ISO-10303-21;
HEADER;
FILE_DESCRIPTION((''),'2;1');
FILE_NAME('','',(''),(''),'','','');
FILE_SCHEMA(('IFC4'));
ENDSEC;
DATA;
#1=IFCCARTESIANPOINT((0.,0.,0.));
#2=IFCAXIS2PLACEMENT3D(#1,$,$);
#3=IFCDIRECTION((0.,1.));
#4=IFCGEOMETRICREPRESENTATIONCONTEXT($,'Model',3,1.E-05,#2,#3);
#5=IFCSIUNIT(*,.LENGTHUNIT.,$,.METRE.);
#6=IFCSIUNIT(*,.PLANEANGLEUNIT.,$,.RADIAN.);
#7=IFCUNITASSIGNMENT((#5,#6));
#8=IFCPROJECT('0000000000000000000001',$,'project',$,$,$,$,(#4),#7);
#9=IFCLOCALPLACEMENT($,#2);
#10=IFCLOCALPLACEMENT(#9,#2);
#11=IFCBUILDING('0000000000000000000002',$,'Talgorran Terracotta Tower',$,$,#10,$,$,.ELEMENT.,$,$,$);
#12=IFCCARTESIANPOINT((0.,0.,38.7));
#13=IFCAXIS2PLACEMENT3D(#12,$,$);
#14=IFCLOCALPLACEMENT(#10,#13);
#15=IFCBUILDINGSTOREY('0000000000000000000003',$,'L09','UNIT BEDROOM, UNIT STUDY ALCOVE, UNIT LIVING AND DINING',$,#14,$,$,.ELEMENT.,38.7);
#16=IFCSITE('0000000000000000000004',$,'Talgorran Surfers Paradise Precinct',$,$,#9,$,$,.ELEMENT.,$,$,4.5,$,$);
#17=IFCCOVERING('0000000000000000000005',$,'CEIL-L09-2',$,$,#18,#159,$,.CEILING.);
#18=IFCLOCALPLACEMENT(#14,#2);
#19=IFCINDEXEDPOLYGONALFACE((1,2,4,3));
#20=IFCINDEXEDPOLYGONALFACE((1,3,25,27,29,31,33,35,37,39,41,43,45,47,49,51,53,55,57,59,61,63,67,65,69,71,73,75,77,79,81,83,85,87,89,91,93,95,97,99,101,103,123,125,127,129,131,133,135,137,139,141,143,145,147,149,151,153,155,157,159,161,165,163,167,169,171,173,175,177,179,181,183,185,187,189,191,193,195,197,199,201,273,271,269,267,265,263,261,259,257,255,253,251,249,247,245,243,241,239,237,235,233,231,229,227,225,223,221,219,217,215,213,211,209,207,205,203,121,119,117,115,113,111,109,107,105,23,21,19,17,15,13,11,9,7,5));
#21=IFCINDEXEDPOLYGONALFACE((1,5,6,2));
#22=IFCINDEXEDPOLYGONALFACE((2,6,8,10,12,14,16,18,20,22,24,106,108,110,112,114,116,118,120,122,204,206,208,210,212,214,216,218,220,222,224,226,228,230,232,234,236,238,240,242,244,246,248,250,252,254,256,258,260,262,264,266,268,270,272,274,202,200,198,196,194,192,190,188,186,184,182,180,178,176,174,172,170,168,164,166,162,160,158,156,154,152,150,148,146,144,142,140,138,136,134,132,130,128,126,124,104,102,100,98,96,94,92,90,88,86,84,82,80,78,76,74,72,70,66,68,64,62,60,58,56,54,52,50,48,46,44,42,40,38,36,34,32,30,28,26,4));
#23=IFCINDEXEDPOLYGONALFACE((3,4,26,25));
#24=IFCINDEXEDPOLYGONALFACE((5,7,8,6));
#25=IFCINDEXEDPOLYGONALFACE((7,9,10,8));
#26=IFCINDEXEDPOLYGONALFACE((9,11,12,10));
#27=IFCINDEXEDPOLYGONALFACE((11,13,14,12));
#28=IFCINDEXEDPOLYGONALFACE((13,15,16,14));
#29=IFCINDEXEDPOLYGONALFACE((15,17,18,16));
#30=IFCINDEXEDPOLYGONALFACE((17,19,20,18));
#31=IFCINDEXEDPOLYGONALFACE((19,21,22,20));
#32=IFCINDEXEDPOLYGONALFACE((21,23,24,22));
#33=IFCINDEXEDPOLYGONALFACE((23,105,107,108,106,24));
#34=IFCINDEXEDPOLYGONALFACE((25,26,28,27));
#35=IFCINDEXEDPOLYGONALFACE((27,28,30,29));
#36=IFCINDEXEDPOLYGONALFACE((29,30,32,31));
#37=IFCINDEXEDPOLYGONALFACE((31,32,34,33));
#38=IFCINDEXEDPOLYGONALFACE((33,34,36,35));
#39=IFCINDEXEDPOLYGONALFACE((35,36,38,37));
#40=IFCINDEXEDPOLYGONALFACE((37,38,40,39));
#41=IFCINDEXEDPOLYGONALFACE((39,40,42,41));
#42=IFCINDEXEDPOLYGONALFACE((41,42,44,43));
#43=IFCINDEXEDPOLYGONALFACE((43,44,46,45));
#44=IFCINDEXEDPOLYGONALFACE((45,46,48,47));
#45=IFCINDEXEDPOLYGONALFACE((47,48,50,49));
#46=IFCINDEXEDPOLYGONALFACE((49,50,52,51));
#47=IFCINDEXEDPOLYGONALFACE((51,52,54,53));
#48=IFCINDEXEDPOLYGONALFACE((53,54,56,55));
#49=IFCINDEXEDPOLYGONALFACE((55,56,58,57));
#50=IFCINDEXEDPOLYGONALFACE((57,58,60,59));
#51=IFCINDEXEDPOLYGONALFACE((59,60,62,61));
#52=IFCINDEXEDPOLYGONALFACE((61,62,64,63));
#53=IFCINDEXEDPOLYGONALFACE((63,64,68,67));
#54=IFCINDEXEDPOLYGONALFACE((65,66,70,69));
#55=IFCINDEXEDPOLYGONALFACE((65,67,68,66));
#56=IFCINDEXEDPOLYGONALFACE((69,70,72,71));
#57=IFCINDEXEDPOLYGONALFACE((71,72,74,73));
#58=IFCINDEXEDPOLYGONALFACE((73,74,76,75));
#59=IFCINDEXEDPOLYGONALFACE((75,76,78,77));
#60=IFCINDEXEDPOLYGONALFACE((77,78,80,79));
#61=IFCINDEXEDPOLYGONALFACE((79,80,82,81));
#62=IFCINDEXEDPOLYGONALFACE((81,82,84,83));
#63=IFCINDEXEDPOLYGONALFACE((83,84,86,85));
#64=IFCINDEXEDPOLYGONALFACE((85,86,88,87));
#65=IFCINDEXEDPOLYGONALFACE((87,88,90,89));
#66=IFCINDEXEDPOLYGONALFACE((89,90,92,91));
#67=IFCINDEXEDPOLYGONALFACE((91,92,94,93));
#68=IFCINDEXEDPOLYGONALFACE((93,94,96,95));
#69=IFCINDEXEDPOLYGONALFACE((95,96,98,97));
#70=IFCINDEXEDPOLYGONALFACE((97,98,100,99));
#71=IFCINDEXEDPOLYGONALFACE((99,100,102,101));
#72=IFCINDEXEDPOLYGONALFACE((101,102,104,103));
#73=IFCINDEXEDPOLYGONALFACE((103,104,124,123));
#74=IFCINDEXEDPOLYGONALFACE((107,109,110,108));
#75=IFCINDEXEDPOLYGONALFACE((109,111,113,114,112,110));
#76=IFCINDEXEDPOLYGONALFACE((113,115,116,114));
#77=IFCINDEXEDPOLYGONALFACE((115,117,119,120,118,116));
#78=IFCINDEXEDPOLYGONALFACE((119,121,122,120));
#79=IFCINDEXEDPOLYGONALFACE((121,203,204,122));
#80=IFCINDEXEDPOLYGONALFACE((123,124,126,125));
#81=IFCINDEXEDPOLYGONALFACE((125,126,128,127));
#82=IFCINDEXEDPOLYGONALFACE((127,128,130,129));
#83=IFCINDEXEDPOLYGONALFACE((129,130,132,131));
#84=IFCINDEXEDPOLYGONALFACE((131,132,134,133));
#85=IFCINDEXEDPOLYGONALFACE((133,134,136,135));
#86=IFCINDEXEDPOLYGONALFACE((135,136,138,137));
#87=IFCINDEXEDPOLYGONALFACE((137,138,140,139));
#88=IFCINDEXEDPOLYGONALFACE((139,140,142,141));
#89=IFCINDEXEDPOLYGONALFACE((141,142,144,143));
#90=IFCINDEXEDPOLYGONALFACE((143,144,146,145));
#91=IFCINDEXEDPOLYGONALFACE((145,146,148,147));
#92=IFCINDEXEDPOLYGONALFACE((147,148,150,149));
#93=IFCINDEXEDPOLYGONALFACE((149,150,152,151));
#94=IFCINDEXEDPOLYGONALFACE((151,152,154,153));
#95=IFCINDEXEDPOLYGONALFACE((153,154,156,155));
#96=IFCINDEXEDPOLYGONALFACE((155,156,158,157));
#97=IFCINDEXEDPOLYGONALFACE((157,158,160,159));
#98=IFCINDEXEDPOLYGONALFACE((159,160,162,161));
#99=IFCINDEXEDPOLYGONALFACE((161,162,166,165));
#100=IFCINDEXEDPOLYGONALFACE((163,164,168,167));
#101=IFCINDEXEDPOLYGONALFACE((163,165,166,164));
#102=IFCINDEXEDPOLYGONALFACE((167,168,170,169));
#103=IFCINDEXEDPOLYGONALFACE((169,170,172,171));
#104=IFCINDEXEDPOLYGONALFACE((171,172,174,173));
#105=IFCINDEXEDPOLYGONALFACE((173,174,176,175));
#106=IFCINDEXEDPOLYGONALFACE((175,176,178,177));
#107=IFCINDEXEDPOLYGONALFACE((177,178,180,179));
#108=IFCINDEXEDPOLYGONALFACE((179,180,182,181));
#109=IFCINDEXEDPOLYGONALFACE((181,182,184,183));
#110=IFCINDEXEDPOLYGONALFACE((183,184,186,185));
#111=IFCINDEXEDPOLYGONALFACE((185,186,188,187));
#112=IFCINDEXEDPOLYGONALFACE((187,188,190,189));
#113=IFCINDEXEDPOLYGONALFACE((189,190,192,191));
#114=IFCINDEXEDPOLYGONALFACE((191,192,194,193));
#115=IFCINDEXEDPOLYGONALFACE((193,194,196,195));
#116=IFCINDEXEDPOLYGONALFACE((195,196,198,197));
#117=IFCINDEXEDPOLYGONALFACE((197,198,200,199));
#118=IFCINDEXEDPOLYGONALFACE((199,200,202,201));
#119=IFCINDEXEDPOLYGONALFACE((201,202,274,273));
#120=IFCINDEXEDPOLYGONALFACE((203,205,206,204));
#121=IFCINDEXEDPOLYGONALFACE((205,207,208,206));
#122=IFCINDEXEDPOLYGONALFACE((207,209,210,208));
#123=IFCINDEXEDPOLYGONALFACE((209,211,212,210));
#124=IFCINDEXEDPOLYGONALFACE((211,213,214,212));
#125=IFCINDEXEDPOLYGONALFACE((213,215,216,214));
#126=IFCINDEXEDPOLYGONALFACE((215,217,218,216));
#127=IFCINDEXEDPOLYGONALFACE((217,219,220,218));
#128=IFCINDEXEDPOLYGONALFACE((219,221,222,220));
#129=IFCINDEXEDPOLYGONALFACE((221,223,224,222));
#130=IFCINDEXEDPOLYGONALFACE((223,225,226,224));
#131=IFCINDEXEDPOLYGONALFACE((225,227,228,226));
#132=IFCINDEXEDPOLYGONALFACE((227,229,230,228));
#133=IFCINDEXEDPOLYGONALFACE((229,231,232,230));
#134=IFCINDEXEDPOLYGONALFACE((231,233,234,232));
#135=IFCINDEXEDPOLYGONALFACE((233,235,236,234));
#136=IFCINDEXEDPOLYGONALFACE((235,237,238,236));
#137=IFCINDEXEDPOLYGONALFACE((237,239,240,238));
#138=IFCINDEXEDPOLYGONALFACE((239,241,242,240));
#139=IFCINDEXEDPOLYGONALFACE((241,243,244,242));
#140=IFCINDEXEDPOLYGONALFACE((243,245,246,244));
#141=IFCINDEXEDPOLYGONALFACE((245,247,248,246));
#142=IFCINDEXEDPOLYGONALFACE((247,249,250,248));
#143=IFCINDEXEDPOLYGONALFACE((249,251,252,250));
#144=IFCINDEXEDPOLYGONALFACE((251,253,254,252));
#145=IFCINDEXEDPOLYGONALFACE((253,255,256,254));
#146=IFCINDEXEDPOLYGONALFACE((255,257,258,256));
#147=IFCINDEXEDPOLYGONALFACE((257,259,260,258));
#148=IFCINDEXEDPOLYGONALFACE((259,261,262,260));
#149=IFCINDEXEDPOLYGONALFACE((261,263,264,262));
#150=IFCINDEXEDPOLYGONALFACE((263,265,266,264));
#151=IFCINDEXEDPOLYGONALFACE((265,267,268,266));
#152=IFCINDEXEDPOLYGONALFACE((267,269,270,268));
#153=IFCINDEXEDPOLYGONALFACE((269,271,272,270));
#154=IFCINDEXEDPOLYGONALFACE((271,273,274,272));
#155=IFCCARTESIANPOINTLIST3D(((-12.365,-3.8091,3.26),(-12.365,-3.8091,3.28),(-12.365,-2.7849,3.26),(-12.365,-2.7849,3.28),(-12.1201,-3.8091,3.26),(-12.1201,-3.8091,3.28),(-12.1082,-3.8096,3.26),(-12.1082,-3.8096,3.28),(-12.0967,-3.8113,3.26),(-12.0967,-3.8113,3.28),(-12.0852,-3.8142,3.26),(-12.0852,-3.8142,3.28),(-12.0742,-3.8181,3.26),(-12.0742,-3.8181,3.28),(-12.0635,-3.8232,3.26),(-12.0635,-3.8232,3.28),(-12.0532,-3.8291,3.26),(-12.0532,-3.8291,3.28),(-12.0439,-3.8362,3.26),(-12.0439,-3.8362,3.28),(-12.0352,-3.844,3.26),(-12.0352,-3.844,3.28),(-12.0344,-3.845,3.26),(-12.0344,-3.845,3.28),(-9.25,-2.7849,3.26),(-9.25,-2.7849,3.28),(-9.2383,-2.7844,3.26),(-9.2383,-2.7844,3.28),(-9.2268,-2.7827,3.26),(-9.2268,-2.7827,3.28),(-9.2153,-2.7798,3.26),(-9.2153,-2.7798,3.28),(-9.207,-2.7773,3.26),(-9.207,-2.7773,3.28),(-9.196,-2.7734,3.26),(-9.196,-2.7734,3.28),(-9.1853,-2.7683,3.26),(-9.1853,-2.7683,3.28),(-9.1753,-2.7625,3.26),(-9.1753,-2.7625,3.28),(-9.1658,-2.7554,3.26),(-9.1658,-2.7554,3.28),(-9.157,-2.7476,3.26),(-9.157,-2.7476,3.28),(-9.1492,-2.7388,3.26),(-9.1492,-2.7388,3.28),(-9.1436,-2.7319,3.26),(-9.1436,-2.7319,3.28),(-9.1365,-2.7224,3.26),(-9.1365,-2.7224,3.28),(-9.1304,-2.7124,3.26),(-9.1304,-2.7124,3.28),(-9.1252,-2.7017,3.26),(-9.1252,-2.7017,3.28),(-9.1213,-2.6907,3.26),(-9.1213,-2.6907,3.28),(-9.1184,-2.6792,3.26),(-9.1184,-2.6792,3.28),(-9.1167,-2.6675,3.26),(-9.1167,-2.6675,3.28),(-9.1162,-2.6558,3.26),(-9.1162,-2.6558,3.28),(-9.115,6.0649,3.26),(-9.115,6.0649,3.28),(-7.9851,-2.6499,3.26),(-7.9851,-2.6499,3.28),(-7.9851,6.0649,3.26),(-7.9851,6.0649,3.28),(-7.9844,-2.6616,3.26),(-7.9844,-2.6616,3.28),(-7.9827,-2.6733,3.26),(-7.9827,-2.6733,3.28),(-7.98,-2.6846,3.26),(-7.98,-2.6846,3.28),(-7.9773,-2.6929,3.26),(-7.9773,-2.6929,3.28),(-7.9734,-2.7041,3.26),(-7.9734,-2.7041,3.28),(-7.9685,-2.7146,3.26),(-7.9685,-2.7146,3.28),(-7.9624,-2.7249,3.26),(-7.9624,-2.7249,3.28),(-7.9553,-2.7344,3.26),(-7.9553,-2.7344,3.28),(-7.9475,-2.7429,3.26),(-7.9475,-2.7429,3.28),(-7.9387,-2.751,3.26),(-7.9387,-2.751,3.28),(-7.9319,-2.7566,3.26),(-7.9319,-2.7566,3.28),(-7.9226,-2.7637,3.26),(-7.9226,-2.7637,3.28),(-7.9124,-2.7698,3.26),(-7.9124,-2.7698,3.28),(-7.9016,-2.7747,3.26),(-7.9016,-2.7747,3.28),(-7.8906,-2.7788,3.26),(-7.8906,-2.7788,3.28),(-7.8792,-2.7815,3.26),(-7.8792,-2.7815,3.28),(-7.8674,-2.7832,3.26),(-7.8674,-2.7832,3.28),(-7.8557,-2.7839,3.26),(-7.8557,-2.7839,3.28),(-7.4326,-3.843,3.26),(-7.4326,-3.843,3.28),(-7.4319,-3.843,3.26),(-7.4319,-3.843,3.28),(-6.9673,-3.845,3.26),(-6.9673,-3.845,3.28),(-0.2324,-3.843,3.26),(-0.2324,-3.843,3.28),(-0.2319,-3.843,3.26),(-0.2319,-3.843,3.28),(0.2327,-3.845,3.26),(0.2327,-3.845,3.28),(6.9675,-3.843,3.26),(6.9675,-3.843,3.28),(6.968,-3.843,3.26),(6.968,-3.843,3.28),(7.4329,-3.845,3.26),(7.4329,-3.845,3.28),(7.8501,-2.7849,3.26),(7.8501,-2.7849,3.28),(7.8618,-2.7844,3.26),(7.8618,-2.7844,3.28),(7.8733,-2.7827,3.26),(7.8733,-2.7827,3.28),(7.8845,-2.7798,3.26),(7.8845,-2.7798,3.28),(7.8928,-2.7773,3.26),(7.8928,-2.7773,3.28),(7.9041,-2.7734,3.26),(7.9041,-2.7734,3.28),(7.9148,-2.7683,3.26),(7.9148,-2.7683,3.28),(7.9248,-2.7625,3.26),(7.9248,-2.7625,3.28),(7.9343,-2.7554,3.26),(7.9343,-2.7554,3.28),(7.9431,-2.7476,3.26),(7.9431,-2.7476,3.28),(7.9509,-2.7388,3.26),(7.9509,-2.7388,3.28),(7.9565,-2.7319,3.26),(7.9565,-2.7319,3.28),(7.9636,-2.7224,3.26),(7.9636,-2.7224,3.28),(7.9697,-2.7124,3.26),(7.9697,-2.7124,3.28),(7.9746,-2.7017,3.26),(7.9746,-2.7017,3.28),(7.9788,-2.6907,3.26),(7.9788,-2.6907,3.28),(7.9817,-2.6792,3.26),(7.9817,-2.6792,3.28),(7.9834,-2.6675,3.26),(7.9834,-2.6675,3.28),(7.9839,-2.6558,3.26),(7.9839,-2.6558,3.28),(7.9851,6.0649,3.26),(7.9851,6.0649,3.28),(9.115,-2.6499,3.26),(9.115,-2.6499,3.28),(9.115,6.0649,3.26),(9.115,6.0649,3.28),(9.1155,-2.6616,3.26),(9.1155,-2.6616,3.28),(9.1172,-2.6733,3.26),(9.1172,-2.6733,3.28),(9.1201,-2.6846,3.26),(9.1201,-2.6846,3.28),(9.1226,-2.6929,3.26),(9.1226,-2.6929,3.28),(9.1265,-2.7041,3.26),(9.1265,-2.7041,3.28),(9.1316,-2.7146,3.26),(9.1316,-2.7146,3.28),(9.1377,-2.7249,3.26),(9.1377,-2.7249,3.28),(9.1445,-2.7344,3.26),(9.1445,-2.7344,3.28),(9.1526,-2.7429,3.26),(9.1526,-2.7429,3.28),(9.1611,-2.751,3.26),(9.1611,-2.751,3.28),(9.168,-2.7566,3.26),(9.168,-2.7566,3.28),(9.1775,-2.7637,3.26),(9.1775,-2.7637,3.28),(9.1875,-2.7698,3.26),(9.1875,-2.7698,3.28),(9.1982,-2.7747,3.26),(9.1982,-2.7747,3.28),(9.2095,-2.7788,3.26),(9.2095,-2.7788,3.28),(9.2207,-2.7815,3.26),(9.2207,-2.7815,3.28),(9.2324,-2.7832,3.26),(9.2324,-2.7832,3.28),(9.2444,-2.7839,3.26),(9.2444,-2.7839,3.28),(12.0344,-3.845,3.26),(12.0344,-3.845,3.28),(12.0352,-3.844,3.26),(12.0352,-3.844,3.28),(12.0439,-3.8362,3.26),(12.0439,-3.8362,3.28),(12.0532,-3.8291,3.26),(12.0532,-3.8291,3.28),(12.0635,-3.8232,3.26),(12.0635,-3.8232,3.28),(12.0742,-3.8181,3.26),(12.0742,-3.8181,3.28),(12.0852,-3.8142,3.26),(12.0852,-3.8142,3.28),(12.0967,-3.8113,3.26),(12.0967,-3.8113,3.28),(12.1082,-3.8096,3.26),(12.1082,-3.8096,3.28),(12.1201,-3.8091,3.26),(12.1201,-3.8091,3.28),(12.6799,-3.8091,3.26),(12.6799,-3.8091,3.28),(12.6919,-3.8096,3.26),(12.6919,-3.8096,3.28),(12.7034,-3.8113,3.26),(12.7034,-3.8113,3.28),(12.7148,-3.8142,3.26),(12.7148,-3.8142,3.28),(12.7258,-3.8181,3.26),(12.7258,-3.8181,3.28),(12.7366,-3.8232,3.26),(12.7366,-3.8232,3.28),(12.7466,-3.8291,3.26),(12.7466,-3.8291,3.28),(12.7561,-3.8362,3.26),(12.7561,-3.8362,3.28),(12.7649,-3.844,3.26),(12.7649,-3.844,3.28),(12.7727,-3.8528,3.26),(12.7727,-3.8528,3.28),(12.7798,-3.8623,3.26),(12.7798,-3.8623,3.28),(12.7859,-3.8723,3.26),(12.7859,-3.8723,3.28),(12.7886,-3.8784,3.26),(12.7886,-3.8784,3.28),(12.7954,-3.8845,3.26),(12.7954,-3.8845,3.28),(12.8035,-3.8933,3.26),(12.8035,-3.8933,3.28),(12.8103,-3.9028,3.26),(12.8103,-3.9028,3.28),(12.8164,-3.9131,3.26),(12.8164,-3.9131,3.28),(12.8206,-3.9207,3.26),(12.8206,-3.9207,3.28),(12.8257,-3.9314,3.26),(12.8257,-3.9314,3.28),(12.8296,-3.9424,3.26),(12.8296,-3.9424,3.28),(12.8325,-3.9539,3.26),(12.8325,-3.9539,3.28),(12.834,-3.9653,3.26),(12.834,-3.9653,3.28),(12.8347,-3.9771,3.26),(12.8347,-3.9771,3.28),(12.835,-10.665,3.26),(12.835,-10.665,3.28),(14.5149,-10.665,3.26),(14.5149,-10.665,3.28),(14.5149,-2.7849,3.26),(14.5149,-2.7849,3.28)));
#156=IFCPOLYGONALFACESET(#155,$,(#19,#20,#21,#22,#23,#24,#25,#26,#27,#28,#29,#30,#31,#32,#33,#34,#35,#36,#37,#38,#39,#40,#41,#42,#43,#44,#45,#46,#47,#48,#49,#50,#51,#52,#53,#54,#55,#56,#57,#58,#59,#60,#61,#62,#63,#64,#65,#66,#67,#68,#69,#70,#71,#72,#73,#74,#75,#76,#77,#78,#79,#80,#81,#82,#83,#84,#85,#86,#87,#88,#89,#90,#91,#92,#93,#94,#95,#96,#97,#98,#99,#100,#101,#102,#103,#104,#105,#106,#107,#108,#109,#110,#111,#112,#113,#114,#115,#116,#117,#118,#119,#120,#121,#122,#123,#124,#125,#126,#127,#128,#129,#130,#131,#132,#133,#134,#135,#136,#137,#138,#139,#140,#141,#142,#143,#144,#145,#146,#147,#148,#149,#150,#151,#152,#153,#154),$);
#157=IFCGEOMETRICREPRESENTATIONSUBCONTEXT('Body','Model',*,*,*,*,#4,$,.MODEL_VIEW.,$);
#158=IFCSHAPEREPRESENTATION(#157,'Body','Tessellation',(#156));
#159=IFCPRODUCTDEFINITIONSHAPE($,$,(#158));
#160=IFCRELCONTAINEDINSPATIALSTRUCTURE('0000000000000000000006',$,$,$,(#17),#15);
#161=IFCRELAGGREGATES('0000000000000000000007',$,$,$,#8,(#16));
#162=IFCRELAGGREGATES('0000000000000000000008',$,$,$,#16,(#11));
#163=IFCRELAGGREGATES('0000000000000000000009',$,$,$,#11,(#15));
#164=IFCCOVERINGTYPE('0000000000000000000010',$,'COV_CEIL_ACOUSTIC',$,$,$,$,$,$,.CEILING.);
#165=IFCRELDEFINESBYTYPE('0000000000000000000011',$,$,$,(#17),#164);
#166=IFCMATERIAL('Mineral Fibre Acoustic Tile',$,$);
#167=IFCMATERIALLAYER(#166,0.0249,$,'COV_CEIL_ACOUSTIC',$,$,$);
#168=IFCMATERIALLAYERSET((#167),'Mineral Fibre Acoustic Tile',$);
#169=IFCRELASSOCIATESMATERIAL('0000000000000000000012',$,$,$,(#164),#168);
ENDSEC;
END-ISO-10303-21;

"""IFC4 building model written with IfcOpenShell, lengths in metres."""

from ifc_helpers import new_model, si_unit, direction, frame, origin, place, context, subcontext, project, spatial, polyline, outline, extrude, material, layer, layer_set, type_object, element, save


model = new_model("IFC4")

# Units and contexts
model_context = context("Model", 3, precision=1e-05, world=origin(), true_north=direction((0.0, 1.0)))
body_context = subcontext(model_context, "Body", "Model", "MODEL_VIEW")
ifc_project = project(units=[si_unit("LENGTHUNIT", "METRE"), si_unit("PLANEANGLEUNIT", "RADIAN")], contexts=[model_context])

# Site, building, storey
site_placement = place(None, origin())
site = spatial("IfcSite", under=ifc_project, at=site_placement, Name="Talgorran Surfers Paradise Precinct", CompositionType="ELEMENT", RefElevation=4.5)
building_placement = place(site_placement, origin())
building = spatial("IfcBuilding", under=site, at=building_placement, Name="Talgorran Terracotta Tower", CompositionType="ELEMENT")
storey_placement = place(building_placement, frame((0.0, 0.0, 38.7)))
storey = spatial("IfcBuildingStorey", under=building, at=storey_placement, Name="L09", Description="UNIT BEDROOM, UNIT STUDY ALCOVE, UNIT LIVING AND DINING", CompositionType="ELEMENT", Elevation=38.7)

# Covering
ifc_material_1 = material(Name="Mineral Fibre Acoustic Tile")
ifc_layer_1 = layer(ifc_material_1, 0.0249, Name="COV_CEIL_ACOUSTIC")
ifc_layer_set_1 = layer_set([ifc_layer_1], Name="Mineral Fibre Acoustic Tile")
covering_type_1 = type_object("IfcCoveringType", Name="COV_CEIL_ACOUSTIC", PredefinedType="CEILING", material=ifc_layer_set_1)
covering_1_placement = place(storey_placement, frame((0.0, 0.0, 3.26)))
element("IfcCovering", 1, at=covering_1_placement, inside=storey, type_object=covering_type_1, Name="CEIL-L09-2", PredefinedType="CEILING", context=body_context, shape_type="SweptSolid", body=[
    extrude(outline(polyline([(-12.0344, -3.845), (-12.0352, -3.844), (-12.0439, -3.8362), (-12.0532, -3.8291), (-12.0635, -3.8232), (-12.0742, -3.8181), (-12.0852, -3.8142), (-12.0967, -3.8113), (-12.1082, -3.8096), (-12.1201, -3.8091), (-12.365, -3.8091), (-12.365, -2.7849), (-9.25, -2.7849), (-9.2383, -2.7844), (-9.2268, -2.7827), (-9.2153, -2.7798), (-9.207, -2.7773), (-9.196, -2.7734), (-9.1853, -2.7683), (-9.1753, -2.7625), (-9.1658, -2.7554), (-9.157, -2.7476), (-9.1492, -2.7388), (-9.1436, -2.7319), (-9.1365, -2.7224), (-9.1304, -2.7124), (-9.1252, -2.7017), (-9.1213, -2.6907), (-9.1184, -2.6792), (-9.1167, -2.6675), (-9.1162, -2.6558), (-9.115, 6.0649), (-7.9851, 6.0649), (-7.9851, -2.6499), (-7.9844, -2.6616), (-7.9827, -2.6733), (-7.98, -2.6846), (-7.9773, -2.6929), (-7.9734, -2.7041), (-7.9685, -2.7146), (-7.9624, -2.7249), (-7.9553, -2.7344), (-7.9475, -2.7429), (-7.9387, -2.751), (-7.9319, -2.7566), (-7.9226, -2.7637), (-7.9124, -2.7698), (-7.9016, -2.7747), (-7.8906, -2.7788), (-7.8792, -2.7815), (-7.8674, -2.7832), (-7.8557, -2.7839), (7.8501, -2.7849), (7.8618, -2.7844), (7.8733, -2.7827), (7.8845, -2.7798), (7.8928, -2.7773), (7.9041, -2.7734), (7.9148, -2.7683), (7.9248, -2.7625), (7.9343, -2.7554), (7.9431, -2.7476), (7.9509, -2.7388), (7.9565, -2.7319), (7.9636, -2.7224), (7.9697, -2.7124), (7.9746, -2.7017), (7.9788, -2.6907), (7.9817, -2.6792), (7.9834, -2.6675), (7.9839, -2.6558), (7.9851, 6.0649), (9.115, 6.0649), (9.115, -2.6499), (9.1155, -2.6616), (9.1172, -2.6733), (9.1201, -2.6846), (9.1226, -2.6929), (9.1265, -2.7041), (9.1316, -2.7146), (9.1377, -2.7249), (9.1445, -2.7344), (9.1526, -2.7429), (9.1611, -2.751), (9.168, -2.7566), (9.1775, -2.7637), (9.1875, -2.7698), (9.1982, -2.7747), (9.2095, -2.7788), (9.2207, -2.7815), (9.2324, -2.7832), (9.2444, -2.7839), (14.5149, -2.7849), (14.5149, -10.665), (12.835, -10.665), (12.8347, -3.9771), (12.834, -3.9653), (12.8325, -3.9539), (12.8296, -3.9424), (12.8257, -3.9314), (12.8206, -3.9207), (12.8164, -3.9131), (12.8103, -3.9028), (12.8035, -3.8933), (12.7954, -3.8845), (12.7886, -3.8784), (12.7859, -3.8723), (12.7798, -3.8623), (12.7727, -3.8528), (12.7649, -3.844), (12.7561, -3.8362), (12.7466, -3.8291), (12.7366, -3.8232), (12.7258, -3.8181), (12.7148, -3.8142), (12.7034, -3.8113), (12.6919, -3.8096), (12.6799, -3.8091), (12.1201, -3.8091), (12.1082, -3.8096), (12.0967, -3.8113), (12.0852, -3.8142), (12.0742, -3.8181), (12.0635, -3.8232), (12.0532, -3.8291), (12.0439, -3.8362), (12.0352, -3.844), (12.0344, -3.845), (7.4329, -3.845), (6.968, -3.843), (6.9675, -3.843), (0.2327, -3.845), (-0.2319, -3.843), (-0.2324, -3.843), (-6.9673, -3.845), (-7.4319, -3.843), (-7.4326, -3.843), (-12.0344, -3.845)])), origin(), (0.0, 0.0, 1.0), 0.02),
])

save(model, "model.ifc")
